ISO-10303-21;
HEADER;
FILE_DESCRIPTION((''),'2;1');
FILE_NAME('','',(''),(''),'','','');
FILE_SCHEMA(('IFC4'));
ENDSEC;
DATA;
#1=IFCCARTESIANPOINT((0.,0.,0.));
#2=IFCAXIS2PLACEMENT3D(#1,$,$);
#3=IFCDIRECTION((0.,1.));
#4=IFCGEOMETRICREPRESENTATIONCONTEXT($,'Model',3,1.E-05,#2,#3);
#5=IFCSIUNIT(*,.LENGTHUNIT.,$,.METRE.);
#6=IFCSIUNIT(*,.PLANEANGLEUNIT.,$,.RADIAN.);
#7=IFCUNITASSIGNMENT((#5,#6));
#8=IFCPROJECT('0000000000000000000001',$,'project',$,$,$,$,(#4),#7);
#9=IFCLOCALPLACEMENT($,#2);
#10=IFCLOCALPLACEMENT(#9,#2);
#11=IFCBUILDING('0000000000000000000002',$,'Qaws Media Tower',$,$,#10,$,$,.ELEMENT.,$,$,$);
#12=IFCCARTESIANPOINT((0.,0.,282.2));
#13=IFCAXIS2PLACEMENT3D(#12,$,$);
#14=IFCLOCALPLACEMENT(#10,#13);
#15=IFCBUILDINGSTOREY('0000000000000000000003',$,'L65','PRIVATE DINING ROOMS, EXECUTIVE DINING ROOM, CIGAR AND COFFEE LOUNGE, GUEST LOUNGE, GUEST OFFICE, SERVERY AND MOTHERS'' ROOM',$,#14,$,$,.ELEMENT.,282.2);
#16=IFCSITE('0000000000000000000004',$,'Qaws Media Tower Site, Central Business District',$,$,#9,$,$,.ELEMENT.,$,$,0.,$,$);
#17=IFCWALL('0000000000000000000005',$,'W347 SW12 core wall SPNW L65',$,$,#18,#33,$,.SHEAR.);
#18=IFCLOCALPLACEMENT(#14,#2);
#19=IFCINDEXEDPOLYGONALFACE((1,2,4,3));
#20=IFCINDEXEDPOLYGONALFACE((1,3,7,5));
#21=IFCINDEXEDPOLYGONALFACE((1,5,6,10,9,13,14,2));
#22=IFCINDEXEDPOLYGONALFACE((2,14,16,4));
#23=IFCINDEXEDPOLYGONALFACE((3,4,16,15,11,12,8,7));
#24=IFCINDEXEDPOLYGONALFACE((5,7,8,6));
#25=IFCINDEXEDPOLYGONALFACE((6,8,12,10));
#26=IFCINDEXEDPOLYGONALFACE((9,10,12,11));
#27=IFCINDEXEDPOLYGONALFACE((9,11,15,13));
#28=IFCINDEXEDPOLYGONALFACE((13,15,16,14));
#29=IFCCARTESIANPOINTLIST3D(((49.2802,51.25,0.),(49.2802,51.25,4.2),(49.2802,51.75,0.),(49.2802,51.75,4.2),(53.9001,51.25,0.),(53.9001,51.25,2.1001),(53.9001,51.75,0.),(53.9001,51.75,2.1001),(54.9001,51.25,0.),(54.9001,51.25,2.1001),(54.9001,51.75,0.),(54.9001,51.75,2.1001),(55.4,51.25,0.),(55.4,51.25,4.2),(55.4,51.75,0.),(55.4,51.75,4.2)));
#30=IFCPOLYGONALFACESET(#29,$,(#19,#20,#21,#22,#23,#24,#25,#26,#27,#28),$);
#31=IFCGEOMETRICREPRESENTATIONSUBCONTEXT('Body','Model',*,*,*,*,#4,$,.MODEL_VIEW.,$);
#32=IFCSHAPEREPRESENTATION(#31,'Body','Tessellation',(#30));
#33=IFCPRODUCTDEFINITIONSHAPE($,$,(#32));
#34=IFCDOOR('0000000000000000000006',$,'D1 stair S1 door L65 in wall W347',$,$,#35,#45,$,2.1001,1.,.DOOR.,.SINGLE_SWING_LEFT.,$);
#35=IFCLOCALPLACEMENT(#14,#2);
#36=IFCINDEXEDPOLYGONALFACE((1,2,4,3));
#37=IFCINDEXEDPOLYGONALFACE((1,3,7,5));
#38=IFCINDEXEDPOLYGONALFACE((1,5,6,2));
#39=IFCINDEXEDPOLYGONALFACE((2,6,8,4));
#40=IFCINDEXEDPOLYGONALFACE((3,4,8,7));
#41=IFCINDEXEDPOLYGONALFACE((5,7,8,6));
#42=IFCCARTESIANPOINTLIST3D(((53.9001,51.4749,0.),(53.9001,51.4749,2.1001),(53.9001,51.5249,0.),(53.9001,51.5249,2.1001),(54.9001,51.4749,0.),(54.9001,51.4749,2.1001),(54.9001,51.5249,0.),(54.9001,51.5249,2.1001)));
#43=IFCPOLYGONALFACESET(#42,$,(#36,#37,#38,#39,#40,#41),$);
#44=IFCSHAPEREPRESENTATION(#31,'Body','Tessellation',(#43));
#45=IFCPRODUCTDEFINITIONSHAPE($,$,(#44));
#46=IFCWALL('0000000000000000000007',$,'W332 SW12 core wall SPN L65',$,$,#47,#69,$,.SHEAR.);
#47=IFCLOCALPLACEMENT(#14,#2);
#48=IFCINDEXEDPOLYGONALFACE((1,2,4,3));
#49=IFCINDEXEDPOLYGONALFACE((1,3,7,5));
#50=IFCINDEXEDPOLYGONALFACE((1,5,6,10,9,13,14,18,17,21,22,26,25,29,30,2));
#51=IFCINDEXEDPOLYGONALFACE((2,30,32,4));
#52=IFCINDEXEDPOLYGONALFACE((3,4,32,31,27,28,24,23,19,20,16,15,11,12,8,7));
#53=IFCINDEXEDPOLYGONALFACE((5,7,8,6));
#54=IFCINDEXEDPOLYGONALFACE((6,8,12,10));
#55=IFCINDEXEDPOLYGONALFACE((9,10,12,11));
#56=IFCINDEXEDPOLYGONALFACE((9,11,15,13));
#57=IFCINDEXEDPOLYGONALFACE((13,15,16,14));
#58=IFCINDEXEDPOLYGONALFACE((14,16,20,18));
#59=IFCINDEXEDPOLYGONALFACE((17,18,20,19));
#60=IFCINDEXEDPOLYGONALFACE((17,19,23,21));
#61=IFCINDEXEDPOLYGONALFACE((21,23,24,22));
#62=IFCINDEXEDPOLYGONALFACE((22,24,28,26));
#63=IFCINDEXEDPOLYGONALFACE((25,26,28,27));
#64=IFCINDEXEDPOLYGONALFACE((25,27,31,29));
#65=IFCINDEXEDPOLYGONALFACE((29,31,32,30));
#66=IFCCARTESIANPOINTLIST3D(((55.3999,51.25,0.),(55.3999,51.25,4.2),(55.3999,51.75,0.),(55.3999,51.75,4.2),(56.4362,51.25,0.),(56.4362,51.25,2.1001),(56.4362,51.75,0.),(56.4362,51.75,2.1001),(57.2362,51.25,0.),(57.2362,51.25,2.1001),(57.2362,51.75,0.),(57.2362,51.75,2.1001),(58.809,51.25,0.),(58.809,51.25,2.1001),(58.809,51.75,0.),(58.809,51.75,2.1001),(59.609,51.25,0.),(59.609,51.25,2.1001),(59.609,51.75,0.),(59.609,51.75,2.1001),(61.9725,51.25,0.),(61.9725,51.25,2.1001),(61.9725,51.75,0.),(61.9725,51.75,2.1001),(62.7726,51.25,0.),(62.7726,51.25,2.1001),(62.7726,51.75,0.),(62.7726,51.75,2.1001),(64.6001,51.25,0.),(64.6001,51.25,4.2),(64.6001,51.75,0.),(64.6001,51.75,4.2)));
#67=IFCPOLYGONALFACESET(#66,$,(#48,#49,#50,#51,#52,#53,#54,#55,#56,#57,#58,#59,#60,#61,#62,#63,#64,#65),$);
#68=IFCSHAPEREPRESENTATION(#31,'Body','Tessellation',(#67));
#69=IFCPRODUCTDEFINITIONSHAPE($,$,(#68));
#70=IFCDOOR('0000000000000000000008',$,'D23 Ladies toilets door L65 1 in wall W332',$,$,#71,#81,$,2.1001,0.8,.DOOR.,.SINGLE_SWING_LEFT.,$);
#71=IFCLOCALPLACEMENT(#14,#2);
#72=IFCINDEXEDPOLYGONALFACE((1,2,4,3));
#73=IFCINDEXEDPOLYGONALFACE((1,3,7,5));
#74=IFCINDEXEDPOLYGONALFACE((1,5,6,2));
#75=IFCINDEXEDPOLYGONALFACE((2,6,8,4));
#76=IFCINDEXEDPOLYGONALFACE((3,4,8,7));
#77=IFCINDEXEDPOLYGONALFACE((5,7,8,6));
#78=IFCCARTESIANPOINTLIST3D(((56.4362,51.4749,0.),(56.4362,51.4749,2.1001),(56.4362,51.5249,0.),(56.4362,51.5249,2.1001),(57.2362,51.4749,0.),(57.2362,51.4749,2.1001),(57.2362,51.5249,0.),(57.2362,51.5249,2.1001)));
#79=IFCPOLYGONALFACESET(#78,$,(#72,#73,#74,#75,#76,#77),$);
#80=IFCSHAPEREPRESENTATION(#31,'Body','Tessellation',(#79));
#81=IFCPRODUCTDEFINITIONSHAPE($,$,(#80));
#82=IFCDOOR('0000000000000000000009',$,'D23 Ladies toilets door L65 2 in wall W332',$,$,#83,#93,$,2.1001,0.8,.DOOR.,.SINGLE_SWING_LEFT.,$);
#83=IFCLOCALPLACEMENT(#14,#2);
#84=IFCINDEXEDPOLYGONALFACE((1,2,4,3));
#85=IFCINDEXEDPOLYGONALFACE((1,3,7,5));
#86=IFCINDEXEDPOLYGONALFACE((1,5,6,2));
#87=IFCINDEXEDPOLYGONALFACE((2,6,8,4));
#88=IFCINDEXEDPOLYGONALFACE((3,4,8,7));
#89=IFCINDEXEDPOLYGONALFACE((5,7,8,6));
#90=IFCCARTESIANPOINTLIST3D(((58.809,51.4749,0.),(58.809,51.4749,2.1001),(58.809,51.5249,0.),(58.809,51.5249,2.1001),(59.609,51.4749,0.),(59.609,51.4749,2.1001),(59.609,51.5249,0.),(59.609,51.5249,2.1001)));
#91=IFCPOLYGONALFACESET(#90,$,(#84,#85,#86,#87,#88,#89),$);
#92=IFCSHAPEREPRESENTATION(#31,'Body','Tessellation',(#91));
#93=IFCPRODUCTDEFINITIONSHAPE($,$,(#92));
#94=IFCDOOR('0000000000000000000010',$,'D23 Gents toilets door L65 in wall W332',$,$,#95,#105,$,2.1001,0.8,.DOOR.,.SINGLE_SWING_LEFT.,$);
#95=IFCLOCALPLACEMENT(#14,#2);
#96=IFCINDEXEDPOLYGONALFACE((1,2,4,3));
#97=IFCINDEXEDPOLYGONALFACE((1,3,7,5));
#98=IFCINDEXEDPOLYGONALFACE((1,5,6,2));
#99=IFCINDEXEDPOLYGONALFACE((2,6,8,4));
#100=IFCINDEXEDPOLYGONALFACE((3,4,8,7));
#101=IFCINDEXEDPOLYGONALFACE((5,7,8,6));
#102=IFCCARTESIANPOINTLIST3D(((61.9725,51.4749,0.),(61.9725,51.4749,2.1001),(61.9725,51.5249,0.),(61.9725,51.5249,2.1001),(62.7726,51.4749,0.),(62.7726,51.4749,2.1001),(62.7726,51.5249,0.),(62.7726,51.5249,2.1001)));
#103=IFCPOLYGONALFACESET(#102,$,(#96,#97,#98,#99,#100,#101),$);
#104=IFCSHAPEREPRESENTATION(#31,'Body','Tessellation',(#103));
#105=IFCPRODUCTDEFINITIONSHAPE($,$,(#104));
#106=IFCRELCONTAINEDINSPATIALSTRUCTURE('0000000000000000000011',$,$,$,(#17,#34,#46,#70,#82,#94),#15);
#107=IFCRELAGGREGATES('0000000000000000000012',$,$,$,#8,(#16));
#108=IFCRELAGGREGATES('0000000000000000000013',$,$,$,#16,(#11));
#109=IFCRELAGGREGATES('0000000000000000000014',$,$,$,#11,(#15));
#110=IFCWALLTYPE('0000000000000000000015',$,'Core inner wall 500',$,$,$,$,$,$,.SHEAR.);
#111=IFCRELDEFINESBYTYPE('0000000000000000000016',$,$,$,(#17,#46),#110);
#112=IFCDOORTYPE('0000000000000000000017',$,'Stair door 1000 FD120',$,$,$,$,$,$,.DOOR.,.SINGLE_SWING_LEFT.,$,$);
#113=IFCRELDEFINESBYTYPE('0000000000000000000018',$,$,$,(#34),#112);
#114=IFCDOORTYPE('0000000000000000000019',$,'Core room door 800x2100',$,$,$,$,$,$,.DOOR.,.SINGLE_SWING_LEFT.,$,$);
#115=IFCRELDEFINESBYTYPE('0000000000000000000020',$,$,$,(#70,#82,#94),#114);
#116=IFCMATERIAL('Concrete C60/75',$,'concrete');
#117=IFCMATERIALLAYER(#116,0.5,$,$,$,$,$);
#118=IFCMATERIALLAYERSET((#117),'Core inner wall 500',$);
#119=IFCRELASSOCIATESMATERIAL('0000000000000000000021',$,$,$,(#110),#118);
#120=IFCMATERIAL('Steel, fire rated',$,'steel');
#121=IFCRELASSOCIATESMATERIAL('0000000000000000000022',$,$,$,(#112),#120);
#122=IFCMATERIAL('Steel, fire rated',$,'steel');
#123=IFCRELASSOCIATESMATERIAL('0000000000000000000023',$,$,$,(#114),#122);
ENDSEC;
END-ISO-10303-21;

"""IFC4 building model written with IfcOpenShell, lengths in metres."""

from ifc_helpers import new_model, si_unit, direction, frame, frame_2d, origin, place, context, subcontext, project, spatial, rectangle, extrude, material, layer, layer_set, type_object, element, fill, save


model = new_model("IFC4")

# Units and contexts
model_context = context("Model", 3, precision=1e-05, world=origin(), true_north=direction((0.0, 1.0)))
body_context = subcontext(model_context, "Body", "Model", "MODEL_VIEW")
ifc_project = project(units=[si_unit("LENGTHUNIT", "METRE"), si_unit("PLANEANGLEUNIT", "RADIAN")], contexts=[model_context])

# Site, building, storey
site_placement = place(None, origin())
site = spatial("IfcSite", under=ifc_project, at=site_placement, Name="Qaws Media Tower Site, Central Business District", CompositionType="ELEMENT", RefElevation=0.0)
building_placement = place(site_placement, origin())
building = spatial("IfcBuilding", under=site, at=building_placement, Name="Qaws Media Tower", CompositionType="ELEMENT")
storey_placement = place(building_placement, frame((0.0, 0.0, 282.2)))
storey = spatial("IfcBuildingStorey", under=building, at=storey_placement, Name="L65", Description="PRIVATE DINING ROOMS, EXECUTIVE DINING ROOM, CIGAR AND COFFEE LOUNGE, GUEST LOUNGE, GUEST OFFICE, SERVERY AND MOTHERS' ROOM", CompositionType="ELEMENT", Elevation=282.2)

# Wall, opening, door
ifc_material_1 = material(Name="Concrete C60/75", Category="concrete")
ifc_layer_1 = layer(ifc_material_1, 0.5)
ifc_layer_set_1 = layer_set([ifc_layer_1], Name="Core inner wall 500")
wall_type_1 = type_object("IfcWallType", Name="Core inner wall 500", PredefinedType="SHEAR", material=ifc_layer_set_1)
wall_1_placement = place(storey_placement, frame((49.28, 51.5, 0.0), z_axis=(0.0, 0.0, 1.0), x_axis=(1.0, 0.0, 0.0)))
wall_1 = element("IfcWall", 1, at=wall_1_placement, inside=storey, type_object=wall_type_1, Name="W347 SW12 core wall SPNW L65", PredefinedType="SHEAR", context=body_context, shape_type="SweptSolid", body=[
    extrude(rectangle(XDim=6.1199, YDim=0.5, at=frame_2d((3.0601, 0.0))), origin(), (0.0, 0.0, 1.0), 4.2),
])
opening_1_placement = place(wall_1_placement, frame((4.6201, 0.0, 0.0)))
opening_1 = element("IfcOpeningElement", 2, at=opening_1_placement, cuts=wall_1, PredefinedType="OPENING", context=body_context, shape_type="SweptSolid", body=[
    extrude(rectangle(XDim=1.0, YDim=2.1001, at=frame_2d((0.5, 1.05))), frame((0.0, 0.26, 0.0), z_axis=(0.0, -1.0, 0.0), x_axis=(1.0, 0.0, 0.0)), (0.0, 0.0, 1.0), 0.52),
])
ifc_material_2 = material(Name="Steel, fire rated", Category="steel")
door_type_1 = type_object("IfcDoorType", Name="Stair door 1000 FD120", OperationType="SINGLE_SWING_LEFT", PredefinedType="DOOR", material=ifc_material_2)
door_1_placement = place(opening_1_placement, origin())
door_1 = element("IfcDoor", 3, at=door_1_placement, inside=storey, type_object=door_type_1, Name="D1 stair S1 door L65 in wall W347", OperationType="SINGLE_SWING_LEFT", OverallHeight=2.1001, OverallWidth=1.0, PredefinedType="DOOR", context=body_context, shape_type="SweptSolid", body=[
    extrude(rectangle(XDim=1.0, YDim=2.1001, at=frame_2d((0.5, 1.05))), frame((0.0, 0.0249, 0.0), z_axis=(0.0, -1.0, 0.0), x_axis=(1.0, 0.0, 0.0)), (0.0, 0.0, 1.0), 0.05),
])
fill(opening_1, door_1)

# Wall, openings, doors
wall_2_placement = place(storey_placement, frame((55.3999, 51.5, 0.0), z_axis=(0.0, 0.0, 1.0), x_axis=(1.0, 0.0, 0.0)))
wall_2 = element("IfcWall", 4, at=wall_2_placement, inside=storey, type_object=wall_type_1, Name="W332 SW12 core wall SPN L65", PredefinedType="SHEAR", context=body_context, shape_type="SweptSolid", body=[
    extrude(rectangle(XDim=9.2002, YDim=0.5, at=frame_2d((4.6001, 0.0))), origin(), (0.0, 0.0, 1.0), 4.2),
])
opening_2_placement = place(wall_2_placement, frame((1.0364, 0.0, 0.0)))
opening_2 = element("IfcOpeningElement", 5, at=opening_2_placement, cuts=wall_2, PredefinedType="OPENING", context=body_context, shape_type="SweptSolid", body=[
    extrude(rectangle(XDim=0.8, YDim=2.1001, at=frame_2d((0.3999, 1.05))), frame((0.0, 0.26, 0.0), z_axis=(0.0, -1.0, 0.0), x_axis=(1.0, 0.0, 0.0)), (0.0, 0.0, 1.0), 0.52),
])
opening_3_placement = place(wall_2_placement, frame((3.4092, 0.0, 0.0)))
opening_3 = element("IfcOpeningElement", 6, at=opening_3_placement, cuts=wall_2, PredefinedType="OPENING", context=body_context, shape_type="SweptSolid", body=[
    extrude(rectangle(XDim=0.8, YDim=2.1001, at=frame_2d((0.3999, 1.05))), frame((0.0, 0.26, 0.0), z_axis=(0.0, -1.0, 0.0), x_axis=(1.0, 0.0, 0.0)), (0.0, 0.0, 1.0), 0.52),
])
opening_4_placement = place(wall_2_placement, frame((6.5728, 0.0, 0.0)))
opening_4 = element("IfcOpeningElement", 7, at=opening_4_placement, cuts=wall_2, PredefinedType="OPENING", context=body_context, shape_type="SweptSolid", body=[
    extrude(rectangle(XDim=0.8, YDim=2.1001, at=frame_2d((0.3999, 1.05))), frame((0.0, 0.26, 0.0), z_axis=(0.0, -1.0, 0.0), x_axis=(1.0, 0.0, 0.0)), (0.0, 0.0, 1.0), 0.52),
])
ifc_material_3 = material(Name="Steel, fire rated", Category="steel")
door_type_2 = type_object("IfcDoorType", Name="Core room door 800x2100", OperationType="SINGLE_SWING_LEFT", PredefinedType="DOOR", material=ifc_material_3)
door_2_placement = place(opening_2_placement, origin())
door_2 = element("IfcDoor", 8, at=door_2_placement, inside=storey, type_object=door_type_2, Name="D23 Ladies toilets door L65 1 in wall W332", OperationType="SINGLE_SWING_LEFT", OverallHeight=2.1001, OverallWidth=0.8, PredefinedType="DOOR", context=body_context, shape_type="SweptSolid", body=[
    extrude(rectangle(XDim=0.8, YDim=2.1001, at=frame_2d((0.3999, 1.05))), frame((0.0, 0.0249, 0.0), z_axis=(0.0, -1.0, 0.0), x_axis=(1.0, 0.0, 0.0)), (0.0, 0.0, 1.0), 0.05),
])
fill(opening_2, door_2)
door_3_placement = place(opening_3_placement, origin())
door_3 = element("IfcDoor", 9, at=door_3_placement, inside=storey, type_object=door_type_2, Name="D23 Ladies toilets door L65 2 in wall W332", OperationType="SINGLE_SWING_LEFT", OverallHeight=2.1001, OverallWidth=0.8, PredefinedType="DOOR", context=body_context, shape_type="SweptSolid", body=[
    extrude(rectangle(XDim=0.8, YDim=2.1001, at=frame_2d((0.3999, 1.05))), frame((0.0, 0.0249, 0.0), z_axis=(0.0, -1.0, 0.0), x_axis=(1.0, 0.0, 0.0)), (0.0, 0.0, 1.0), 0.05),
])
fill(opening_3, door_3)
door_4_placement = place(opening_4_placement, origin())
door_4 = element("IfcDoor", 10, at=door_4_placement, inside=storey, type_object=door_type_2, Name="D23 Gents toilets door L65 in wall W332", OperationType="SINGLE_SWING_LEFT", OverallHeight=2.1001, OverallWidth=0.8, PredefinedType="DOOR", context=body_context, shape_type="SweptSolid", body=[
    extrude(rectangle(XDim=0.8, YDim=2.1001, at=frame_2d((0.3999, 1.05))), frame((0.0, 0.0249, 0.0), z_axis=(0.0, -1.0, 0.0), x_axis=(1.0, 0.0, 0.0)), (0.0, 0.0, 1.0), 0.05),
])
fill(opening_4, door_4)

save(model, "model.ifc")
